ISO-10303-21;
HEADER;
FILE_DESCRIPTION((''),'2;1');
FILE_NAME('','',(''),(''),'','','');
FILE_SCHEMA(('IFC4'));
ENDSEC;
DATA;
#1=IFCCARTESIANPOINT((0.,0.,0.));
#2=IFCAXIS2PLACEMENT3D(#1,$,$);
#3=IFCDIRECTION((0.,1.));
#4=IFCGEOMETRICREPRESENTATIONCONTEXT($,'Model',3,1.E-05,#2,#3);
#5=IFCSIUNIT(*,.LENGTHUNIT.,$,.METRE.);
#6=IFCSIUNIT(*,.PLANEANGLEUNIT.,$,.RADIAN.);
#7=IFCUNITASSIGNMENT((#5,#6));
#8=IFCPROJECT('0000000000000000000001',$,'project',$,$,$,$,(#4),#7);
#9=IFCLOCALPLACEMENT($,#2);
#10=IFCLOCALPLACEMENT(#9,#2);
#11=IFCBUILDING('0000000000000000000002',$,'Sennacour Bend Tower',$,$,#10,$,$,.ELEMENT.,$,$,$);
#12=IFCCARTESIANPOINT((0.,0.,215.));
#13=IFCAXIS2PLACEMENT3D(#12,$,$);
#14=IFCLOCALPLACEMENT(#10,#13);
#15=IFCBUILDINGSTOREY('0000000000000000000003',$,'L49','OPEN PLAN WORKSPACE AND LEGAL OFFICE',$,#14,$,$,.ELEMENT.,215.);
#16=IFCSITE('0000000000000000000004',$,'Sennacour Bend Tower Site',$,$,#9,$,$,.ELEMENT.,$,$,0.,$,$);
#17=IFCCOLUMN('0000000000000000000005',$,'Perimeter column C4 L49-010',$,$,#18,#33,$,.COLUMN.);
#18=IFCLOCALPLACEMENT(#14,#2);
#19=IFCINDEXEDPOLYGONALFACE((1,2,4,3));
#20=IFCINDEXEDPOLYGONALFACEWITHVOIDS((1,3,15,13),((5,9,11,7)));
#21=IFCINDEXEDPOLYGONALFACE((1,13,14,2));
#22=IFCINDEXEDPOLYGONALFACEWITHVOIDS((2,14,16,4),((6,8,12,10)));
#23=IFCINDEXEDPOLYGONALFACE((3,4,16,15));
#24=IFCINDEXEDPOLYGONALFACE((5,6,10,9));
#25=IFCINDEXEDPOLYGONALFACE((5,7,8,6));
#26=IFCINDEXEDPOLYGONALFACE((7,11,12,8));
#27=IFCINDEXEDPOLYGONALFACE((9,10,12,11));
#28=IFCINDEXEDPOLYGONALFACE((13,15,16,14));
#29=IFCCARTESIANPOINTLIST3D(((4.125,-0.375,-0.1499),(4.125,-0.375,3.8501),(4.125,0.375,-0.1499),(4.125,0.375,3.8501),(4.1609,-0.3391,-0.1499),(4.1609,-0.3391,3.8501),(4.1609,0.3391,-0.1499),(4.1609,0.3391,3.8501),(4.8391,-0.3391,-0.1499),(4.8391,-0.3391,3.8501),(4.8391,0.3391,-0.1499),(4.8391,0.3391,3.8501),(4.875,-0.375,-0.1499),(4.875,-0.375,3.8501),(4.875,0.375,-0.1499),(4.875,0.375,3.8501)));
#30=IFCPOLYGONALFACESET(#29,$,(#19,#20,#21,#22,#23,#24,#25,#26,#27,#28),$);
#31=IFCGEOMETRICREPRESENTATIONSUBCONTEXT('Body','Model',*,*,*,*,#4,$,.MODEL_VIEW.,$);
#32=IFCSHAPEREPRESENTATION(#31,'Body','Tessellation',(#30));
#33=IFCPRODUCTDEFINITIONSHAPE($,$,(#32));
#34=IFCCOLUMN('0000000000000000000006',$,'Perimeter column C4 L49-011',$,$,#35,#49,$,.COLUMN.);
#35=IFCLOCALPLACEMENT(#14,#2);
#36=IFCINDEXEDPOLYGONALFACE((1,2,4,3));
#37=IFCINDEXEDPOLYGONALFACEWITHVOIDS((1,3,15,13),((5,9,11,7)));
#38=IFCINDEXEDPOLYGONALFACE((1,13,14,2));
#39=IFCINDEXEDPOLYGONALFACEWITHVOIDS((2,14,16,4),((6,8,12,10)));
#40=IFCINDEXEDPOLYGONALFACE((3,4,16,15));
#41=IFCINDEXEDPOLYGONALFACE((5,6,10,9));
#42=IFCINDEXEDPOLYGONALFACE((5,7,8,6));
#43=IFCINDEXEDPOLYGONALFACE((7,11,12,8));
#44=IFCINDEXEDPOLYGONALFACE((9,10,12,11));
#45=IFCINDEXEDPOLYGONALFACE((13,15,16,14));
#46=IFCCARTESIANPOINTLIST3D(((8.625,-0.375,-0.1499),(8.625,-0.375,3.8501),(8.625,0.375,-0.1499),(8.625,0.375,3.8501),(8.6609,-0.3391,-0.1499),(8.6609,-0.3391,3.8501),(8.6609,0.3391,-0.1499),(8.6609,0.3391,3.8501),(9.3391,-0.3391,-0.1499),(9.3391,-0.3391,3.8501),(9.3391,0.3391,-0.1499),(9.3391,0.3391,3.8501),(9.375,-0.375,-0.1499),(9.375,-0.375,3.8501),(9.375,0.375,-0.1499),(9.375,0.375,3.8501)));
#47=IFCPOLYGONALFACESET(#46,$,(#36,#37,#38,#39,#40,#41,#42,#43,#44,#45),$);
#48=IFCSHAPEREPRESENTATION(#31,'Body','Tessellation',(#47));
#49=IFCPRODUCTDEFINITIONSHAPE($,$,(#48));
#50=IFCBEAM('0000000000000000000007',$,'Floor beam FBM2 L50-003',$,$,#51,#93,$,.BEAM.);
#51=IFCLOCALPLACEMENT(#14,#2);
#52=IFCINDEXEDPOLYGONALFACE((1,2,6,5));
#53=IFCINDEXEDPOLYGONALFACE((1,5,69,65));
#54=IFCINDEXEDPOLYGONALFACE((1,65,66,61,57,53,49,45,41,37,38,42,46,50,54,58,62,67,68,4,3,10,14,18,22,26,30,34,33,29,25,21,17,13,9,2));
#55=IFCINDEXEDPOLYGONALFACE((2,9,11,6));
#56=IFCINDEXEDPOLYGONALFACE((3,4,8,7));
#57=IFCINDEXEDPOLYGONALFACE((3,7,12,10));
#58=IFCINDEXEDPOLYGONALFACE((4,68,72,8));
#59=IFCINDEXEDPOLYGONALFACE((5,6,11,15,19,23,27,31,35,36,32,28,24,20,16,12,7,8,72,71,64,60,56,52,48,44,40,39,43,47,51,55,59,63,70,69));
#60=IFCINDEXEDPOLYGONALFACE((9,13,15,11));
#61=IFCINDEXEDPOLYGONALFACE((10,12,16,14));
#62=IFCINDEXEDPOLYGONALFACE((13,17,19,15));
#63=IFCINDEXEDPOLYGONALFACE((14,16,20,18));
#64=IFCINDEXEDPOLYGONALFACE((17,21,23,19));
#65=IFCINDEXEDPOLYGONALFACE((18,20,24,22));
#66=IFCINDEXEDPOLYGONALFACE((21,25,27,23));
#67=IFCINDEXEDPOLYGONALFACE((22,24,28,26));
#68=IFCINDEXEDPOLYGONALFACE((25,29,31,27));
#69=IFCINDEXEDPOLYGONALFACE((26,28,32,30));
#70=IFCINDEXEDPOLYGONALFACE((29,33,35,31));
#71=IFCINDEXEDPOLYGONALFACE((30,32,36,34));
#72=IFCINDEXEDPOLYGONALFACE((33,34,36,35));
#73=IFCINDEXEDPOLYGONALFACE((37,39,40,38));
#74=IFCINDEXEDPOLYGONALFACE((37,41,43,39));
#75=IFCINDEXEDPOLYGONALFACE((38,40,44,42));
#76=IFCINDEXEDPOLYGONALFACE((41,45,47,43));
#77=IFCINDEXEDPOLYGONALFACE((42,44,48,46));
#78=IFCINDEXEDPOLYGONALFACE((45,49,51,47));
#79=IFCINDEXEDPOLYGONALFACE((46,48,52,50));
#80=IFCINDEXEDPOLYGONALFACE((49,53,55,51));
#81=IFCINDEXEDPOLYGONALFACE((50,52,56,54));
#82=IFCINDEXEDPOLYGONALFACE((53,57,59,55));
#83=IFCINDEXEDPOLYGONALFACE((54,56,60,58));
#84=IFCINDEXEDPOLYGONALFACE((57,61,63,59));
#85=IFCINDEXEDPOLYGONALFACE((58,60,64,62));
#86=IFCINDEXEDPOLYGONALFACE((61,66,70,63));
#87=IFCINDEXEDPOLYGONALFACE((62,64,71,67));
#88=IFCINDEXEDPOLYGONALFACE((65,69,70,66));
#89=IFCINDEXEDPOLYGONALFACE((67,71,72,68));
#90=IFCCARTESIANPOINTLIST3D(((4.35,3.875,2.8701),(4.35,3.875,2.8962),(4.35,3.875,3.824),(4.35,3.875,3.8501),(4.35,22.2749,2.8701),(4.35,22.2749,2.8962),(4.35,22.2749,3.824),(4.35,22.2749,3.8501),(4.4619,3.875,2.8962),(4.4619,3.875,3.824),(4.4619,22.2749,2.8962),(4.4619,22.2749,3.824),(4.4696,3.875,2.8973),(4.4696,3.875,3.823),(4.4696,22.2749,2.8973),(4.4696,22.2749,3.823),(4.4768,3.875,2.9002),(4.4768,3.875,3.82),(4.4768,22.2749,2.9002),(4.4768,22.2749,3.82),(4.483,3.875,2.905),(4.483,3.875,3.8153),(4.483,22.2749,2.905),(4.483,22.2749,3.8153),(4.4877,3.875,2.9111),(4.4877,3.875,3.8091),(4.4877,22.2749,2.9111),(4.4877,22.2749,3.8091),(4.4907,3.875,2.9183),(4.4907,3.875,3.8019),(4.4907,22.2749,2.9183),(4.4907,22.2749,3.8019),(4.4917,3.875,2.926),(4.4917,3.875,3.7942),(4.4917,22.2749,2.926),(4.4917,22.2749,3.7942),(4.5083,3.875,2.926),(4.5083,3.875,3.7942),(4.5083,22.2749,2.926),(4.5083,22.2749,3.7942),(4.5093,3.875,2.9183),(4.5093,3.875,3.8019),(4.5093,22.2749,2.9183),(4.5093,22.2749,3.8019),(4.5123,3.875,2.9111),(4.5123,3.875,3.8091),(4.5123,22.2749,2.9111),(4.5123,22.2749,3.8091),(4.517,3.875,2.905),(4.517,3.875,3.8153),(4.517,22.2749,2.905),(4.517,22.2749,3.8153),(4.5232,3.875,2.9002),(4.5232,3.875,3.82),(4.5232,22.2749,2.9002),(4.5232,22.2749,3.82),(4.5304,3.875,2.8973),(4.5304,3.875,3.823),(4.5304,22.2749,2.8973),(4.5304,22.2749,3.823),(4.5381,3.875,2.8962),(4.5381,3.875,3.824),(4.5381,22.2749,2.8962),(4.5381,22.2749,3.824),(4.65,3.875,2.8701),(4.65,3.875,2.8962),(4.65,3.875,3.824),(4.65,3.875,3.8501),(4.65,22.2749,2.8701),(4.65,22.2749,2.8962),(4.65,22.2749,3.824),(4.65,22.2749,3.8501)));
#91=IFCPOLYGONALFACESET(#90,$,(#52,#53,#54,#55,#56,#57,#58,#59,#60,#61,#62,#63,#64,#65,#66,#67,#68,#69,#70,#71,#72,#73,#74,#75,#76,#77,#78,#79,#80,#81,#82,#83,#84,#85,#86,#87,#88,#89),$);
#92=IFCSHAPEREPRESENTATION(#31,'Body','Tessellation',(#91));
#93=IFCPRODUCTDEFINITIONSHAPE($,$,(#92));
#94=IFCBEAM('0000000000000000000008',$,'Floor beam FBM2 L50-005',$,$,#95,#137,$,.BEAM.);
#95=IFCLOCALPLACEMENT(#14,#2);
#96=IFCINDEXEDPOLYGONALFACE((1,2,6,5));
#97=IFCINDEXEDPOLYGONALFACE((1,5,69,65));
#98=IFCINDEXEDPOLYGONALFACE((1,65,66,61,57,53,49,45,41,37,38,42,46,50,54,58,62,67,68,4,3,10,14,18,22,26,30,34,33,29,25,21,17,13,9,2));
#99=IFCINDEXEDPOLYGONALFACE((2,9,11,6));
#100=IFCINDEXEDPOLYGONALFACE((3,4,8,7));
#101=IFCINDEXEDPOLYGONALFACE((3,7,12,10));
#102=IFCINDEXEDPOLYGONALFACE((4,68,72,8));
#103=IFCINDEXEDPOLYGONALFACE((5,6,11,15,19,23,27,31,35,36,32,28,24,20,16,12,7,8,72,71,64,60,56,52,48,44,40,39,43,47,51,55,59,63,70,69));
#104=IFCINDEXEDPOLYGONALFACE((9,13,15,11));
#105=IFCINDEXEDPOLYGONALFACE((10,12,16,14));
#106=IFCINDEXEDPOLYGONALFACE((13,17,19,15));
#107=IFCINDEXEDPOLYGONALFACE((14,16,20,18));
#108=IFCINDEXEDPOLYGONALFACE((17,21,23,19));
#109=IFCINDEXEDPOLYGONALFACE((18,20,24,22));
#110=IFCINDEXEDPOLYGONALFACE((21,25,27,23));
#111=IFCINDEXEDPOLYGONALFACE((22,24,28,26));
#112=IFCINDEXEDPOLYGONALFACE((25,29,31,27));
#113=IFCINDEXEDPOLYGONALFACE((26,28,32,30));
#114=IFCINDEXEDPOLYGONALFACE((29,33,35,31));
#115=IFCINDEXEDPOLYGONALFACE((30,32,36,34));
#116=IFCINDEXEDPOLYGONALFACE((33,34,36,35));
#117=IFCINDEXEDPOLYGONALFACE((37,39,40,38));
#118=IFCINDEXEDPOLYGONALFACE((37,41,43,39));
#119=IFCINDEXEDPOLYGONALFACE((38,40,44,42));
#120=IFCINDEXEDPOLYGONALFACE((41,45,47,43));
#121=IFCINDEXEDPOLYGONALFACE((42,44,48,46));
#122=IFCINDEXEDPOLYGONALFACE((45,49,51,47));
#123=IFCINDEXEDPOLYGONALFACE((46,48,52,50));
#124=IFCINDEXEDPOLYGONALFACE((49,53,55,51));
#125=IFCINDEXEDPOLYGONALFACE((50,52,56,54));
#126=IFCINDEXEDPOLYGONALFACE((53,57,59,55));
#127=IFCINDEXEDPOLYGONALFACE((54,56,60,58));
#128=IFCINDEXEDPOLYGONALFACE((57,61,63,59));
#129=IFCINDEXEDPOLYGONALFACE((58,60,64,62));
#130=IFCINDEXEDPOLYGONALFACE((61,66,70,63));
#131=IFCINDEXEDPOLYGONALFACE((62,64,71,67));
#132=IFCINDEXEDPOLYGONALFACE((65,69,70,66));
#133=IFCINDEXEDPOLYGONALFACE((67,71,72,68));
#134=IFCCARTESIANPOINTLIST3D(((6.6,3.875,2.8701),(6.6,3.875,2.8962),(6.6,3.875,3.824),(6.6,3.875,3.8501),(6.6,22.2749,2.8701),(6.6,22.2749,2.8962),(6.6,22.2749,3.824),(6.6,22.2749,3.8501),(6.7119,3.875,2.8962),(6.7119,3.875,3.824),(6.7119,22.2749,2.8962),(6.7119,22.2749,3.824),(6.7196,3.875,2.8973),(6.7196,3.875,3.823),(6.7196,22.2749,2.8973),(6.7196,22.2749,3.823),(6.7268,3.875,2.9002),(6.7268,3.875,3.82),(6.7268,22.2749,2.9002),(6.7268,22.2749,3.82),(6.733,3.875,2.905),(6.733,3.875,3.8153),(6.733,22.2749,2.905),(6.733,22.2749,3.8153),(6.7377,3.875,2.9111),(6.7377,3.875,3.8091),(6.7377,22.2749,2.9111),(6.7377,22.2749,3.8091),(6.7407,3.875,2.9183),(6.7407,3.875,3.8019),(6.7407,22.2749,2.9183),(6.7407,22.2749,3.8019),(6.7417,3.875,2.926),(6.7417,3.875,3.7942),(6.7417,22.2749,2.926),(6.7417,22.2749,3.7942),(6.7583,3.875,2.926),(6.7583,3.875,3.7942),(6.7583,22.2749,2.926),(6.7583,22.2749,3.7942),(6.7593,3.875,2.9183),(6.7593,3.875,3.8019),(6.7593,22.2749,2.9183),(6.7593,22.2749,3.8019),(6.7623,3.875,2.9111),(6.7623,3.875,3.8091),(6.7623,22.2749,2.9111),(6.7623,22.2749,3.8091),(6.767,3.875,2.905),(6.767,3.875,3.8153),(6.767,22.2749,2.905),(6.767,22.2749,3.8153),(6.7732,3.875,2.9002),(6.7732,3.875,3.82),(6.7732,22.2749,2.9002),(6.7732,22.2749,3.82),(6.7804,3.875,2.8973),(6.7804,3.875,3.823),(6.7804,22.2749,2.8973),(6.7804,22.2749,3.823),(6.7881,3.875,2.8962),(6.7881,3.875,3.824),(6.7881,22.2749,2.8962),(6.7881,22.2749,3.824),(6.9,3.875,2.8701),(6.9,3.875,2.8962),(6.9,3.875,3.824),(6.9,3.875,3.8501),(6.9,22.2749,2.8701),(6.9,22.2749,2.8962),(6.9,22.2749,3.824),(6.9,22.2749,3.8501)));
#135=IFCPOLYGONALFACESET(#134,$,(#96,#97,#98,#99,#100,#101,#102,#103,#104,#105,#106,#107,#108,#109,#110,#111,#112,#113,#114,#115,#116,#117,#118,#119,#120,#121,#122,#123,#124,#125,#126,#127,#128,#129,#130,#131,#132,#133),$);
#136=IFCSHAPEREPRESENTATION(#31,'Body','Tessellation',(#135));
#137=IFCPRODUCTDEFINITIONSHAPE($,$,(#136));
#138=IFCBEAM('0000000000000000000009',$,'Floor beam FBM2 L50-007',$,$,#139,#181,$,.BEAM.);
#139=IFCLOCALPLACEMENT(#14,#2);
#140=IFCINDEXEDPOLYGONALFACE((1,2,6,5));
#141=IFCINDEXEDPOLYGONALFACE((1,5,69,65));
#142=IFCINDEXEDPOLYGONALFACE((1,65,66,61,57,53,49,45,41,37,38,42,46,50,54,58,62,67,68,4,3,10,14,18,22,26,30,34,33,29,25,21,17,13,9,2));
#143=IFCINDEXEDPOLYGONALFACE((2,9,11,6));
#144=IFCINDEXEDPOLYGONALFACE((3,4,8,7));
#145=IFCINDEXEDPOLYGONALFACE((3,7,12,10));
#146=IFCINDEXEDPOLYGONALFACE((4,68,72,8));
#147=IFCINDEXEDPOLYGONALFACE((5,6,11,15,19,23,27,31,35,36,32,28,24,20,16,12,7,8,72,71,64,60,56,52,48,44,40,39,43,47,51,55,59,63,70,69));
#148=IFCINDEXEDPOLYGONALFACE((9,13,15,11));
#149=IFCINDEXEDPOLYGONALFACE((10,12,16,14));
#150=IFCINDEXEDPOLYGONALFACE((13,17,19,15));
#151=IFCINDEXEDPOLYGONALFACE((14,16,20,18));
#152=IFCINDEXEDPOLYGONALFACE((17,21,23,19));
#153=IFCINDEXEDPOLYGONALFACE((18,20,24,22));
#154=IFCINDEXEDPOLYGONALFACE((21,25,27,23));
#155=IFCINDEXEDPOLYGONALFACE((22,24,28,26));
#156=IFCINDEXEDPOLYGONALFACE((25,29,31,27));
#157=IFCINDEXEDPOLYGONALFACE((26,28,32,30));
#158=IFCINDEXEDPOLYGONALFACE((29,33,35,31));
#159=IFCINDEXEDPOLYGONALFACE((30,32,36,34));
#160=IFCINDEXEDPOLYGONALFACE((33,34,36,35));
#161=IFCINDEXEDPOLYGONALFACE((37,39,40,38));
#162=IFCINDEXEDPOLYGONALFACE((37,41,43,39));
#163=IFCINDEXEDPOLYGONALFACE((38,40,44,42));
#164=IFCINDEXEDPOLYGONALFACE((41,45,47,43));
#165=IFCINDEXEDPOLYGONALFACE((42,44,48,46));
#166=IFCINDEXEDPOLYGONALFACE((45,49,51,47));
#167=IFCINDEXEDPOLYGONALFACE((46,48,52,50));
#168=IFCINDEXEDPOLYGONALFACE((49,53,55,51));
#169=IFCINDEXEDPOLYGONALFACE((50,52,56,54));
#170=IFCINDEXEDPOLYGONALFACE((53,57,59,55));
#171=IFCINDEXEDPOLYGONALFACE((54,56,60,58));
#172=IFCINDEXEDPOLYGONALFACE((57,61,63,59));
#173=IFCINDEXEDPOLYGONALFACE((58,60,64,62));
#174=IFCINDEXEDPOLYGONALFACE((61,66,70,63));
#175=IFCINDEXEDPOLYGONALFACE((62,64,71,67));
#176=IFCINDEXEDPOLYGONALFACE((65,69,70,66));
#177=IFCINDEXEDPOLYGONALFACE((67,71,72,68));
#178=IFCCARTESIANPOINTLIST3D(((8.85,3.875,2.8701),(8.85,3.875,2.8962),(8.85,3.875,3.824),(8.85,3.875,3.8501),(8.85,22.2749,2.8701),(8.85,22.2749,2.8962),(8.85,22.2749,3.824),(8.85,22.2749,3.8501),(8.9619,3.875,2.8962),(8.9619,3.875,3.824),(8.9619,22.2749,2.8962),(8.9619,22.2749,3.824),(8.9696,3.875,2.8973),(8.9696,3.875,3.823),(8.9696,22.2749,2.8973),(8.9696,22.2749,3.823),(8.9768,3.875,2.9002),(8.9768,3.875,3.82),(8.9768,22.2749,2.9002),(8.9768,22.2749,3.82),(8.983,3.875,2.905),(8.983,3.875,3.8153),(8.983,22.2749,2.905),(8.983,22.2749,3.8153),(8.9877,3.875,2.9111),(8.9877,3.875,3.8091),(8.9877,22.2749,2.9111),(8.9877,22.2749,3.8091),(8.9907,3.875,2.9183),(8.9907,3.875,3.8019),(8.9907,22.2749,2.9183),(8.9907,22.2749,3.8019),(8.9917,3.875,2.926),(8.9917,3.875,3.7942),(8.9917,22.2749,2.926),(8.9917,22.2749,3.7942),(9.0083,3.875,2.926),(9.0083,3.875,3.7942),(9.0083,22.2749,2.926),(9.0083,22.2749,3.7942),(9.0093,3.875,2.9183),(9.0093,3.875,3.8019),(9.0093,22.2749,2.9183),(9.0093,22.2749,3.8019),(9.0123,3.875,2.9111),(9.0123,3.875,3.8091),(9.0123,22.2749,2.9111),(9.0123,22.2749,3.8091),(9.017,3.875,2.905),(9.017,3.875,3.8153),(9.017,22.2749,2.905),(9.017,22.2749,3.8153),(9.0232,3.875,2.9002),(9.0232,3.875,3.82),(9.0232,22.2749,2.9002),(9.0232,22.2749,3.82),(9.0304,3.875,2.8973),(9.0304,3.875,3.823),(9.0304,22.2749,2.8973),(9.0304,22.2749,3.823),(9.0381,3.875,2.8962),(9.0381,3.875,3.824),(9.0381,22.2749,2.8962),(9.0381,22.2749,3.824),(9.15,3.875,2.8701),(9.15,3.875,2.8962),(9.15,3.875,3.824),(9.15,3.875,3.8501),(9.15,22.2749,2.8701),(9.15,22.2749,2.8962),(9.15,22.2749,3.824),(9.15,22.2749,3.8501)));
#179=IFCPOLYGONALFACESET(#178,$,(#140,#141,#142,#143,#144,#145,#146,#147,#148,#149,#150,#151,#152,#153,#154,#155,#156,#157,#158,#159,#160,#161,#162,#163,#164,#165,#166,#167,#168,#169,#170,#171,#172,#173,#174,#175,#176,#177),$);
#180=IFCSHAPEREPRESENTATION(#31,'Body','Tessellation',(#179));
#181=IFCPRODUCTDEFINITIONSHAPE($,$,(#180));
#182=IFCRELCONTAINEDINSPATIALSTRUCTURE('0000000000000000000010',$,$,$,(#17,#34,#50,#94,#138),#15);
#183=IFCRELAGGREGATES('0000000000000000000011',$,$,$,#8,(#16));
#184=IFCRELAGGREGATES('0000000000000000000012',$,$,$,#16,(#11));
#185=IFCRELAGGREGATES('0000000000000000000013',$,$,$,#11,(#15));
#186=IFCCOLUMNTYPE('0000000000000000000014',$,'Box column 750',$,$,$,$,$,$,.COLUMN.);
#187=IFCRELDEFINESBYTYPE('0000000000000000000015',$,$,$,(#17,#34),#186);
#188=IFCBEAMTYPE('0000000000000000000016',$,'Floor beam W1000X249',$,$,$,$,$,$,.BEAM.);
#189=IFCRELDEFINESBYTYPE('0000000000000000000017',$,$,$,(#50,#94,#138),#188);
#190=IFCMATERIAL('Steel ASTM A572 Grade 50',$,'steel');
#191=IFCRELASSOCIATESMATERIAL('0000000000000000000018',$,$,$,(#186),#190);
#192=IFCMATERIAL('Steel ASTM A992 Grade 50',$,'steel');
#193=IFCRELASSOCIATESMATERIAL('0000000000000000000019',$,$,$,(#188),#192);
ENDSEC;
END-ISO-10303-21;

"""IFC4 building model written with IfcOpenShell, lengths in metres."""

from ifc_helpers import new_model, si_unit, direction, frame, origin, origin_2d, place, context, subcontext, project, spatial, hollow_rectangle, i_section, extrude, material, material_profile, profile_set, type_object, element, save


model = new_model("IFC4")

# Units and contexts
model_context = context("Model", 3, precision=1e-05, world=origin(), true_north=direction((0.0, 1.0)))
body_context = subcontext(model_context, "Body", "Model", "MODEL_VIEW")
ifc_project = project(units=[si_unit("LENGTHUNIT", "METRE"), si_unit("PLANEANGLEUNIT", "RADIAN")], contexts=[model_context])

# Site, building, storey
site_placement = place(None, origin())
site = spatial("IfcSite", under=ifc_project, at=site_placement, Name="Sennacour Bend Tower Site", CompositionType="ELEMENT", RefElevation=0.0)
building_placement = place(site_placement, origin())
building = spatial("IfcBuilding", under=site, at=building_placement, Name="Sennacour Bend Tower", CompositionType="ELEMENT")
storey_placement = place(building_placement, frame((0.0, 0.0, 215.0)))
storey = spatial("IfcBuildingStorey", under=building, at=storey_placement, Name="L49", Description="OPEN PLAN WORKSPACE AND LEGAL OFFICE", CompositionType="ELEMENT", Elevation=215.0)

# Columns
ifc_material_1 = material(Name="Steel ASTM A572 Grade 50", Category="steel")
ifc_material_profile_1 = material_profile(ifc_material_1, hollow_rectangle(XDim=0.75, YDim=0.75, WallThickness=0.0359, at=origin_2d()), Name="Steel ASTM A572 Grade 50", Category="steel")
ifc_profile_set_1 = profile_set([ifc_material_profile_1], Name="Steel ASTM A572 Grade 50")
column_type = type_object("IfcColumnType", Name="Box column 750", PredefinedType="COLUMN", material=ifc_profile_set_1)
for number, where, z_axis, x_axis, name in (
    (1, (4.5, 0.0, -0.1499), (0.0, 0.0, 1.0), (1.0, 0.0, 0.0), "Perimeter column C4 L49-010"),
    (2, (9.0, 0.0, -0.1499), (0.0, 0.0, 1.0), (1.0, 0.0, 0.0), "Perimeter column C4 L49-011"),
):
    element("IfcColumn", number, at=place(storey_placement, frame(where, z_axis=z_axis, x_axis=x_axis)), inside=storey, type_object=column_type, Name=name, PredefinedType="COLUMN", context=body_context, shape_type="SweptSolid", body=[
        extrude(hollow_rectangle(XDim=0.75, YDim=0.75, WallThickness=0.0359, at=origin_2d()), origin(), (0.0, 0.0, 1.0), 4.0),
    ])

# Beams
ifc_material_2 = material(Name="Steel ASTM A992 Grade 50", Category="steel")
ifc_material_profile_2 = material_profile(ifc_material_2, i_section(OverallWidth=0.3, OverallDepth=0.98, WebThickness=0.0166, FlangeThickness=0.0261, FilletRadius=0.0298, at=origin_2d()), Name="Steel ASTM A992 Grade 50", Category="steel")
ifc_profile_set_2 = profile_set([ifc_material_profile_2], Name="Steel ASTM A992 Grade 50")
beam_type_1 = type_object("IfcBeamType", Name="Floor beam W1000X249", PredefinedType="BEAM", material=ifc_profile_set_2)
for number, where, z_axis, x_axis, name in (
    (3, (4.5, 3.875, 3.3601), (0.0, 1.0, 0.0), (-1.0, 0.0, 0.0), "Floor beam FBM2 L50-003"),
    (4, (6.75, 3.875, 3.3601), (0.0, 1.0, 0.0), (-1.0, 0.0, 0.0), "Floor beam FBM2 L50-005"),
    (5, (9.0, 3.875, 3.3601), (0.0, 1.0, 0.0), (-1.0, 0.0, 0.0), "Floor beam FBM2 L50-007"),
):
    element("IfcBeam", number, at=place(storey_placement, frame(where, z_axis=z_axis, x_axis=x_axis)), inside=storey, type_object=beam_type_1, Name=name, PredefinedType="BEAM", context=body_context, shape_type="SweptSolid", body=[
        extrude(i_section(OverallWidth=0.3, OverallDepth=0.98, WebThickness=0.0166, FlangeThickness=0.0261, FilletRadius=0.0298, at=origin_2d()), origin(), (0.0, 0.0, 1.0), 18.3999),
    ])

save(model, "model.ifc")
